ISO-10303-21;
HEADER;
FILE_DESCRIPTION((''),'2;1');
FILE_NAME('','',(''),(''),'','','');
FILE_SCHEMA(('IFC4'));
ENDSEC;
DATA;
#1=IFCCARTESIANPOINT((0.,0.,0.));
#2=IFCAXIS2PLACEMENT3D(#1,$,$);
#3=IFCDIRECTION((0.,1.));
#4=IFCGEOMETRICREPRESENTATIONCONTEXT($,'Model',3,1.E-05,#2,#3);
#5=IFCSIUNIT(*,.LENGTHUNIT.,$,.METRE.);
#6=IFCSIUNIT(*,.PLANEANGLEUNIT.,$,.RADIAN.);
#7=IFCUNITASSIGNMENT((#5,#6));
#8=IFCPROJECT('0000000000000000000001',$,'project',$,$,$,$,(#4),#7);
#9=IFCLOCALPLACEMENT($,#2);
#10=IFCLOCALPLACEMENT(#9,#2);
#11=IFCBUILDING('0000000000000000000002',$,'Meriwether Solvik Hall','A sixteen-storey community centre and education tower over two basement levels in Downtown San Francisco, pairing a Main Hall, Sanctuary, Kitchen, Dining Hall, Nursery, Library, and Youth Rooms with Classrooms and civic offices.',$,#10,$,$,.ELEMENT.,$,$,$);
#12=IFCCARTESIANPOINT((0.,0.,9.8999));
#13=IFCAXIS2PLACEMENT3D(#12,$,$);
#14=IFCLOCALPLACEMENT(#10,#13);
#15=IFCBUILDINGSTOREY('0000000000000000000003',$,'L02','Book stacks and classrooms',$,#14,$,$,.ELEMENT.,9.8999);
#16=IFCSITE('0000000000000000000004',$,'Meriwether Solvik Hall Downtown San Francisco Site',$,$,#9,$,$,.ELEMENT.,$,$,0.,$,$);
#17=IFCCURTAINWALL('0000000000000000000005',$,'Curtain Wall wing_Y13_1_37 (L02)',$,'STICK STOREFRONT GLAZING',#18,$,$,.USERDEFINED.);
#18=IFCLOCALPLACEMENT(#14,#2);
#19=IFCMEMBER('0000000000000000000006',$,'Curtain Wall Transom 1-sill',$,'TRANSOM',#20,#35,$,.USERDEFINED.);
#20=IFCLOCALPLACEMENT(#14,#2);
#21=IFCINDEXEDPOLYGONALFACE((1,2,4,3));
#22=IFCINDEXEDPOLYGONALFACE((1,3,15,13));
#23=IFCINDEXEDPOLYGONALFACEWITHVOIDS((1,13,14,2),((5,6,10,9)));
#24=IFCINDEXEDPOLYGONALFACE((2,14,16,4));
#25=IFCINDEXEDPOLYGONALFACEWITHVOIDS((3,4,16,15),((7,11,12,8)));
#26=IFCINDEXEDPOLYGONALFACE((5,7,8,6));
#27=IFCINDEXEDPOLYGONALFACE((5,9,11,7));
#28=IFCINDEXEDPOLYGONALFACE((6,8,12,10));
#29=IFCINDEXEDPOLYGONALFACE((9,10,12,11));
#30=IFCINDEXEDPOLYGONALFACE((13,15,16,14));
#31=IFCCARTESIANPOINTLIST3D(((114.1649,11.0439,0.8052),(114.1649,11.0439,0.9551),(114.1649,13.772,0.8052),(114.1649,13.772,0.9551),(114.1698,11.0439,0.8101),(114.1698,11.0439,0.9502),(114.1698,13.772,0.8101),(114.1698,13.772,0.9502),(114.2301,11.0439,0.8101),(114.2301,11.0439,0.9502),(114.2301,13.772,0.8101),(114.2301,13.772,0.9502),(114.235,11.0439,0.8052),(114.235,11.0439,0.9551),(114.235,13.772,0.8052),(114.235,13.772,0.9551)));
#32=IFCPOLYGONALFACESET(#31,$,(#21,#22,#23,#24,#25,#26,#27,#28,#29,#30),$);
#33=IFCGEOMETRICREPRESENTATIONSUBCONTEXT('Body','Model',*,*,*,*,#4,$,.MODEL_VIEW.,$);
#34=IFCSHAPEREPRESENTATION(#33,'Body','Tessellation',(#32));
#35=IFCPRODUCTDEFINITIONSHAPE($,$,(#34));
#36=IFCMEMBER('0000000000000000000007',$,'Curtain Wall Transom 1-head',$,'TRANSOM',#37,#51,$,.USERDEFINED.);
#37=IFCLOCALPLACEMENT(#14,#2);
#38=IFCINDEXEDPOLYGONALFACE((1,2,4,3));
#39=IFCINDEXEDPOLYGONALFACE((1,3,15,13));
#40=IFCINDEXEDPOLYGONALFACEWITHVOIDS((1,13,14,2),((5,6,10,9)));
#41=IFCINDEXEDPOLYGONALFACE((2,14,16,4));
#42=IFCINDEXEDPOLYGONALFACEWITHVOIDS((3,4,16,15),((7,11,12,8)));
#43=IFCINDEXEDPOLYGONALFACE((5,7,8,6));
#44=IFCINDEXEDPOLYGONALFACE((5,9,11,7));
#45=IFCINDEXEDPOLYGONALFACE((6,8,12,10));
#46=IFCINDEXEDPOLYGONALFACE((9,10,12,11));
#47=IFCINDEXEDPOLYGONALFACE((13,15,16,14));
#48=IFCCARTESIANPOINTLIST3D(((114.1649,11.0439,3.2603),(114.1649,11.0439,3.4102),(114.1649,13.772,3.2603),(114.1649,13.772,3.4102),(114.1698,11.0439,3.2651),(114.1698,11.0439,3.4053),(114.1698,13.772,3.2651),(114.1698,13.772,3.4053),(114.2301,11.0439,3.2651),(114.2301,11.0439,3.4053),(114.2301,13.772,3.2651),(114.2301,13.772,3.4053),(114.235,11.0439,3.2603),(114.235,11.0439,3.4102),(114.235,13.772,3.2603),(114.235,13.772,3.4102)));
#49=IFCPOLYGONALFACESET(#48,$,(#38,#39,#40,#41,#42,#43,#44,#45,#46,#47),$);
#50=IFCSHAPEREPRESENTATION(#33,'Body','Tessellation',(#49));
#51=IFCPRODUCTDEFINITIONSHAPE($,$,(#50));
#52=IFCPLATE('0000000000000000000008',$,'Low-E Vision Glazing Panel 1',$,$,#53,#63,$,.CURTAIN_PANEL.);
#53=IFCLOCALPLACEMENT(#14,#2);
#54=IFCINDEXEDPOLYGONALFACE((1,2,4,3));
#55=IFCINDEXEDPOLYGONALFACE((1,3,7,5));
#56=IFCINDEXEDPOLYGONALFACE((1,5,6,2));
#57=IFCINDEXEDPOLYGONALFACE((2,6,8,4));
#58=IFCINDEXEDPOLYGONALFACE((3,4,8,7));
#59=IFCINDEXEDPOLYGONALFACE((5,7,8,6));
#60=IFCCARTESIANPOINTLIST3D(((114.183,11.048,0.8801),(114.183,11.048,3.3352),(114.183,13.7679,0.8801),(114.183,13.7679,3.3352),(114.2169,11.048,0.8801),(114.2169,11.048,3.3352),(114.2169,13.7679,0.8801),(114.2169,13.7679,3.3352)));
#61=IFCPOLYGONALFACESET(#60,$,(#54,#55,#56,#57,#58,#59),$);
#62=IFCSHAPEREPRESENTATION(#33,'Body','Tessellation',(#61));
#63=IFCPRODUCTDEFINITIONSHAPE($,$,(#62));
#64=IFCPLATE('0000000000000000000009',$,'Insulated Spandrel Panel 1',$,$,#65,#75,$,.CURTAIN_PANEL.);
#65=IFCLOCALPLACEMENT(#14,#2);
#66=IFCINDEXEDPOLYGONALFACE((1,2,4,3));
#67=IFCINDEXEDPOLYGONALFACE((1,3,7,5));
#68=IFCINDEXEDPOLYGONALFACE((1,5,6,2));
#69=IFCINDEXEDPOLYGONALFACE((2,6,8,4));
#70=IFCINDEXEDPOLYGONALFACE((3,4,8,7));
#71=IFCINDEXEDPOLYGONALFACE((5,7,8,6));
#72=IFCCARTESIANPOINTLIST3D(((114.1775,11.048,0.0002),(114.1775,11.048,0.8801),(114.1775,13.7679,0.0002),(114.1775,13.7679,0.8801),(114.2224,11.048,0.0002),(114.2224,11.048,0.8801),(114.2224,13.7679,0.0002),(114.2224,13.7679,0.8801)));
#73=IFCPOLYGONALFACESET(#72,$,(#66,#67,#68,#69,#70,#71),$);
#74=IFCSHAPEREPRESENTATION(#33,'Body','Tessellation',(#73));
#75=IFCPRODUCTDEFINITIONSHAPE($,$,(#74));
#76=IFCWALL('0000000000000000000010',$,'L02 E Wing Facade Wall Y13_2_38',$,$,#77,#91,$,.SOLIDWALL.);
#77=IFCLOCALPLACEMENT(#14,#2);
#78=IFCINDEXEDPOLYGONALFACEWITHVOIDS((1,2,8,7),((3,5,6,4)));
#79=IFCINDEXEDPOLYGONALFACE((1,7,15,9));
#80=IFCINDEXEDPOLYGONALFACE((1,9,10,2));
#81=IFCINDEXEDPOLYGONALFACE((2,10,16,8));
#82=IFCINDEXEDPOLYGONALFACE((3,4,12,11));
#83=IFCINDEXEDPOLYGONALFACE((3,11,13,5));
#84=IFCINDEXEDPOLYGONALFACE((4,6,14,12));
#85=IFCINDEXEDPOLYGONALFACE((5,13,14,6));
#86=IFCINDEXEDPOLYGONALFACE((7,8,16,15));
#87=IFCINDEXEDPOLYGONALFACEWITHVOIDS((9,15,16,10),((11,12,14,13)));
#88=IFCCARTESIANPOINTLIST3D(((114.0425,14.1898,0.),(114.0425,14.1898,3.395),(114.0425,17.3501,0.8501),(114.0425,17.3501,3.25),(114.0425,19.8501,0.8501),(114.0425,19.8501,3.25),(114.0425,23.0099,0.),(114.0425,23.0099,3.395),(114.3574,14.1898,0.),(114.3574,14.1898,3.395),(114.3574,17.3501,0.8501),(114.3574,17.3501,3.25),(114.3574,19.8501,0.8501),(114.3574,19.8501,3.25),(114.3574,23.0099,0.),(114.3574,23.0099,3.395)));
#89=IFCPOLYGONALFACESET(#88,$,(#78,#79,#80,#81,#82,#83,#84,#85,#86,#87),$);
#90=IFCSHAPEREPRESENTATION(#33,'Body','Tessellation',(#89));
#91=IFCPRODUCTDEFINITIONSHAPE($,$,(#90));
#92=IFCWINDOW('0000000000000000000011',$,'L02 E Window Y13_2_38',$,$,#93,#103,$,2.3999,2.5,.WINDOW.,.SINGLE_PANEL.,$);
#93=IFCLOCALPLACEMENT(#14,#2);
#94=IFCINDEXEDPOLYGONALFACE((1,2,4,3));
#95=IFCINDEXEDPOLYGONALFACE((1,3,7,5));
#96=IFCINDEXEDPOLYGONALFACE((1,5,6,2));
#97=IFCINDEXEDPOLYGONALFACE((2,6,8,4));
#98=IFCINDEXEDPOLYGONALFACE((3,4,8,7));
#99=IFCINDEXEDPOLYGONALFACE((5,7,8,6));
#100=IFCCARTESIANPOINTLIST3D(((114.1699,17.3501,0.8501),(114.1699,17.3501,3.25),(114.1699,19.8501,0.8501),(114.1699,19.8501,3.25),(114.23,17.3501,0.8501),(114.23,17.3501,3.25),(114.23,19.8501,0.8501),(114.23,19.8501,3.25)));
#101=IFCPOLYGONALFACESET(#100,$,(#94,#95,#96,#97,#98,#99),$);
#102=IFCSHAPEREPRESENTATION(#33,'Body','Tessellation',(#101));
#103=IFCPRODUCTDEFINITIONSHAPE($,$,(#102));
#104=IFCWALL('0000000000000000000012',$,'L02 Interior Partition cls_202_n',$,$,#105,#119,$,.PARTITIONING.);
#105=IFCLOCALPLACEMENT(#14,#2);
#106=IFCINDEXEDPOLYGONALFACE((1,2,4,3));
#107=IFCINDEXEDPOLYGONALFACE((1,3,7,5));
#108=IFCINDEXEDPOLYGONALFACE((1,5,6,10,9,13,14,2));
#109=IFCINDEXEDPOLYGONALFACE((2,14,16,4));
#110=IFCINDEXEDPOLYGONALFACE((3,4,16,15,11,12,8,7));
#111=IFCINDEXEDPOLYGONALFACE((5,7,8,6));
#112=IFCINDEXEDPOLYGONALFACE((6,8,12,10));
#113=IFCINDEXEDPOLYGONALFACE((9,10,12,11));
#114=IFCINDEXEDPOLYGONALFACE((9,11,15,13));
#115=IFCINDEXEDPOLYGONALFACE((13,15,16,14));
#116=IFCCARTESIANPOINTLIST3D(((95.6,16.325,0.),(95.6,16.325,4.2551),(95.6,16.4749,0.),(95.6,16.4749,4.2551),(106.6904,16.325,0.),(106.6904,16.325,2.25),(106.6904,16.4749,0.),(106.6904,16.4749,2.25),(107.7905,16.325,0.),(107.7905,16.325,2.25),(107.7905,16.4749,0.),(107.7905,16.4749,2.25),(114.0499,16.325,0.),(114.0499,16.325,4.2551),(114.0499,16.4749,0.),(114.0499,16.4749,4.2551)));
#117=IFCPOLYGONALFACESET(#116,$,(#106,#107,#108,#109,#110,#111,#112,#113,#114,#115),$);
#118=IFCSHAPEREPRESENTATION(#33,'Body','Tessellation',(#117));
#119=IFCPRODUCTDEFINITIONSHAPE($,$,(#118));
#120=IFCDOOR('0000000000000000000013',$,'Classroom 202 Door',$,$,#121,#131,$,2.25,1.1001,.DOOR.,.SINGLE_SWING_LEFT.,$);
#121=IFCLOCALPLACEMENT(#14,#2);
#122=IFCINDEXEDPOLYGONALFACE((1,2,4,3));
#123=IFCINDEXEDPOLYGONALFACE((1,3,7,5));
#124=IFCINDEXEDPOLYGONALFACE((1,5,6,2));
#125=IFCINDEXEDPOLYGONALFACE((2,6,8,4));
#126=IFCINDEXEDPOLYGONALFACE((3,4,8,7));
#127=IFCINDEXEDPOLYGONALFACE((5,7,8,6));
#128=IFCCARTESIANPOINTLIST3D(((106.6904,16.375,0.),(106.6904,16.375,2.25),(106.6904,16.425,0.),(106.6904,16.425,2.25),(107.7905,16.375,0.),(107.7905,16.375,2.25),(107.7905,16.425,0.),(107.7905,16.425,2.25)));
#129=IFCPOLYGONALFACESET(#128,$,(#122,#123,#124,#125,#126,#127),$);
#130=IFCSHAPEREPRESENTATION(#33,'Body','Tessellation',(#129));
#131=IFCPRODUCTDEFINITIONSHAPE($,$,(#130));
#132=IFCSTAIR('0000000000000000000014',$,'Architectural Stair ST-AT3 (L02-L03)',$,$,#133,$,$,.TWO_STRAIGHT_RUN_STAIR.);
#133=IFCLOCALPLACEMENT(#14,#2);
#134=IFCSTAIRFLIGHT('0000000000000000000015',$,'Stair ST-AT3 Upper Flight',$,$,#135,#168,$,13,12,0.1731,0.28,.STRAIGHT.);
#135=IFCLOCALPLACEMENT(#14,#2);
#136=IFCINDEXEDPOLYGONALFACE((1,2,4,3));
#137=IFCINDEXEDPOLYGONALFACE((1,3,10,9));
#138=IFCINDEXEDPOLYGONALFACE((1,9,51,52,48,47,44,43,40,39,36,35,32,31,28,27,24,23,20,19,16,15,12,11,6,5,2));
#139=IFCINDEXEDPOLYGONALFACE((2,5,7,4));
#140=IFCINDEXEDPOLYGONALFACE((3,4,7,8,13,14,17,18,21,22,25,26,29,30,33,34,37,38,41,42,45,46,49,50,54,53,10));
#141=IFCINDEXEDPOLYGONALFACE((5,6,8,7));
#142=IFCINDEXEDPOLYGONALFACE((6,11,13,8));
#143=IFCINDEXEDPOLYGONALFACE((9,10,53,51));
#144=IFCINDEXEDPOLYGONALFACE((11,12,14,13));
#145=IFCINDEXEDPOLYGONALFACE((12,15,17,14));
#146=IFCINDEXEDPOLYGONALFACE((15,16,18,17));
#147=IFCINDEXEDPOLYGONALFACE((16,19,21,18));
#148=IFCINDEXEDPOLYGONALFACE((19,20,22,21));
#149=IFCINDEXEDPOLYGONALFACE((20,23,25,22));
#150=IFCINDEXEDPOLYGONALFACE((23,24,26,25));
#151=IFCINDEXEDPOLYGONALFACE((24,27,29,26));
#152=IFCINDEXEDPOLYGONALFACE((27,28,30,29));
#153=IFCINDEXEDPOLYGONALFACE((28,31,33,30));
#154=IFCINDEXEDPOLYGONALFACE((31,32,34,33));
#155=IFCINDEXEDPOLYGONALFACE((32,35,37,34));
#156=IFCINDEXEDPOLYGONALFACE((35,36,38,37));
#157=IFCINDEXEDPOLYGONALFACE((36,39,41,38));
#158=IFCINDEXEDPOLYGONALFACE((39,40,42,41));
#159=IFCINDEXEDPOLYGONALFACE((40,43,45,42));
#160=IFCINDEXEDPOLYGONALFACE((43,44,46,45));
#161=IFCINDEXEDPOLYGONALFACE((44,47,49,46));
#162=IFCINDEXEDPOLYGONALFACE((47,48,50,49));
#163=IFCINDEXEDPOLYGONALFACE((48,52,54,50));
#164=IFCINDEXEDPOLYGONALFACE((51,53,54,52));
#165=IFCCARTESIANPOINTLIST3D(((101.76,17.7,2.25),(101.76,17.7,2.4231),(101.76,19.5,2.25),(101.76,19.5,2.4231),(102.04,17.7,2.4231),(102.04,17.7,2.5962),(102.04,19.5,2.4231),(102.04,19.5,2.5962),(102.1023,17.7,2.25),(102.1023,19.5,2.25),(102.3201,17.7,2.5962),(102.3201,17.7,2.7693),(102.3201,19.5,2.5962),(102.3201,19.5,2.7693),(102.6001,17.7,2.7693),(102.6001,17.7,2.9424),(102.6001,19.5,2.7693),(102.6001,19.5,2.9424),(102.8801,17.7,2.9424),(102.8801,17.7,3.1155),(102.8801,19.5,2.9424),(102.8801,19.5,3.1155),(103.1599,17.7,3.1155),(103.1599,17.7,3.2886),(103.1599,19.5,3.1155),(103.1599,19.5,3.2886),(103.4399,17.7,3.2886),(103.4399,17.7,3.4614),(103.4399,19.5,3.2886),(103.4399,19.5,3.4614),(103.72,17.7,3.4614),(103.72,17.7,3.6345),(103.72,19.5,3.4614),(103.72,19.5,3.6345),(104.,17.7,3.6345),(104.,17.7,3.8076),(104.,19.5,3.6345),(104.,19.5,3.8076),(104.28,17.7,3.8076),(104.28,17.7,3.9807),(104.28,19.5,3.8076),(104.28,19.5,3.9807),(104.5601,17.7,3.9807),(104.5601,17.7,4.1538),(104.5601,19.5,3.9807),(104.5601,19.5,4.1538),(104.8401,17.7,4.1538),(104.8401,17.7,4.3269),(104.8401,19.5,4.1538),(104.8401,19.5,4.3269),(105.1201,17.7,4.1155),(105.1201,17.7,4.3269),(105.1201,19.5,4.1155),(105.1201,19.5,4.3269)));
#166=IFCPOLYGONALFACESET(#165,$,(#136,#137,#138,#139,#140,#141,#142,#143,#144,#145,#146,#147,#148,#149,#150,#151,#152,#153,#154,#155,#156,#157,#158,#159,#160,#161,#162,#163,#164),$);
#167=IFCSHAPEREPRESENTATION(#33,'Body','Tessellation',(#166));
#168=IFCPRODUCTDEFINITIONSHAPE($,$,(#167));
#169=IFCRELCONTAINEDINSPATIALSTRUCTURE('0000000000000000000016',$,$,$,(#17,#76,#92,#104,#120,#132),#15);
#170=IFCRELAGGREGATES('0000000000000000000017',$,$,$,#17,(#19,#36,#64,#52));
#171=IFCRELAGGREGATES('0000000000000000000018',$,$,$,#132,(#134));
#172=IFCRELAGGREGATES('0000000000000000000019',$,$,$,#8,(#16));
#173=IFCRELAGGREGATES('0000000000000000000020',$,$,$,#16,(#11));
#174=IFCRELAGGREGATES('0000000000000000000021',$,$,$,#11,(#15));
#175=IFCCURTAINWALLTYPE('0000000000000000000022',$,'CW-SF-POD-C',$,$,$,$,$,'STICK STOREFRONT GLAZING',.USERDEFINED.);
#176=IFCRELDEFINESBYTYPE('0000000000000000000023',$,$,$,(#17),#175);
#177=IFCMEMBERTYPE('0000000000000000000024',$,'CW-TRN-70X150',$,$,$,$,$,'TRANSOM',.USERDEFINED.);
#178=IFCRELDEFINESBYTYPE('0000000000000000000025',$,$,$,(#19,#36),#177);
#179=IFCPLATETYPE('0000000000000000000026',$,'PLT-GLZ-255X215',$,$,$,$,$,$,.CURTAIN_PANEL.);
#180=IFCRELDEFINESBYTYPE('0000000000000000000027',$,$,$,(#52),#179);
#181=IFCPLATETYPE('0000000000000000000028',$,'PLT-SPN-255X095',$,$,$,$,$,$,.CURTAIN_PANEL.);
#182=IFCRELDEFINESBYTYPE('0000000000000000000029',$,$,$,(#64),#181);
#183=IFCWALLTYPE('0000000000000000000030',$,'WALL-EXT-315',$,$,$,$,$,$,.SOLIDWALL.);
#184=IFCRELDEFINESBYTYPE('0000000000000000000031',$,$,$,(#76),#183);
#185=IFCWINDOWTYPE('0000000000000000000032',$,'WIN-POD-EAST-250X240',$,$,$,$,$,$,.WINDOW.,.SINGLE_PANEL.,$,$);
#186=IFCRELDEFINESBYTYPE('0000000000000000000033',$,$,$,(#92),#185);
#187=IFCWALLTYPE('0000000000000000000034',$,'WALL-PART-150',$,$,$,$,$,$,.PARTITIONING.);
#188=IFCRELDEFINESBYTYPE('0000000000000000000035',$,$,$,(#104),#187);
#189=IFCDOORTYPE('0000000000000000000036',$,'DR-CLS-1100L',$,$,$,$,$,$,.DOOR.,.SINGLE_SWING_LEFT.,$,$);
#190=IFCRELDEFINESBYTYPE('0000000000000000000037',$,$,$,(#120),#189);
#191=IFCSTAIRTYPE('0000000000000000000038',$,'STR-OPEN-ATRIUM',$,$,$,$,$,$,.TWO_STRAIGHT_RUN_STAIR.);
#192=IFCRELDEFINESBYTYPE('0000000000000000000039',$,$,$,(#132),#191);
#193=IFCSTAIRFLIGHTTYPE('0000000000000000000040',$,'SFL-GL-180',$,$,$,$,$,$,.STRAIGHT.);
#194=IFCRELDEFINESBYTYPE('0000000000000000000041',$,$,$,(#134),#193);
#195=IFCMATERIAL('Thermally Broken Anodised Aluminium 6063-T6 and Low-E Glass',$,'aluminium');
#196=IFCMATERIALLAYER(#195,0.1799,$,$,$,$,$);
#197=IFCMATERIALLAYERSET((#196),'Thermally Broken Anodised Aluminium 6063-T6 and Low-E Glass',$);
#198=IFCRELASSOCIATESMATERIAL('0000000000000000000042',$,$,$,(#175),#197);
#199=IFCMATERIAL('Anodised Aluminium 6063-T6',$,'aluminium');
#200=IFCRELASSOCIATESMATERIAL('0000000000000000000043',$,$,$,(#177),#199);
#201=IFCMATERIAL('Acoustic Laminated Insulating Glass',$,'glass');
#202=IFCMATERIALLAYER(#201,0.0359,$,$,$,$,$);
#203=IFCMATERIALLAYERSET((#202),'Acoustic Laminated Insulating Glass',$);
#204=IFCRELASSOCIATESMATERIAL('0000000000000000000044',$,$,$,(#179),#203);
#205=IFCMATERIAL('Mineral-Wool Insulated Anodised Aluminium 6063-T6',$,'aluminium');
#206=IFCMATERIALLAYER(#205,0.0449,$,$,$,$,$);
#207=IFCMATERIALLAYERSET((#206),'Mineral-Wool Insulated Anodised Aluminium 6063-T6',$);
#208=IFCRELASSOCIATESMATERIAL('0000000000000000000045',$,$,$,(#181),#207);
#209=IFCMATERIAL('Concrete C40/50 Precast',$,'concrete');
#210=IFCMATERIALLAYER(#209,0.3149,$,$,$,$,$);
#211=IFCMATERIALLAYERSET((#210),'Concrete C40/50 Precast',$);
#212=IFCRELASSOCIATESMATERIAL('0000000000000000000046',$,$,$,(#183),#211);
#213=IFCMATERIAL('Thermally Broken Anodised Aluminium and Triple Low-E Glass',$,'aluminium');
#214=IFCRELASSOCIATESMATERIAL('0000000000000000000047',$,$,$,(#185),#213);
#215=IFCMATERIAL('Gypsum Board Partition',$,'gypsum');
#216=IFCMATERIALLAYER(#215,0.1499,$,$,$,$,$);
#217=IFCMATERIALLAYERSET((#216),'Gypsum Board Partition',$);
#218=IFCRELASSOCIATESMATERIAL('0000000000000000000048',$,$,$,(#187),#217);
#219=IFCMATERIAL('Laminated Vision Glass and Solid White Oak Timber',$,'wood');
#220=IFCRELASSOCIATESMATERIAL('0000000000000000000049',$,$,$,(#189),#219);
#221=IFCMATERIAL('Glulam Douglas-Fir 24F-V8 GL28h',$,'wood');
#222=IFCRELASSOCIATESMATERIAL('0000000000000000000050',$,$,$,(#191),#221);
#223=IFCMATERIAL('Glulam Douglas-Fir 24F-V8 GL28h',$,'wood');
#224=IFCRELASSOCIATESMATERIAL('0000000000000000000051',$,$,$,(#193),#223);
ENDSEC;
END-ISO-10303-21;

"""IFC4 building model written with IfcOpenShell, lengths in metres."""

from ifc_helpers import new_model, si_unit, direction, frame, frame_2d, origin, origin_2d, place, context, subcontext, project, spatial, polyline, rectangle, hollow_rectangle, outline, extrude, material, layer, layer_set, material_profile, profile_set, type_object, element, fill, aggregate, save


model = new_model("IFC4")

# Units and contexts
model_context = context("Model", 3, precision=1e-05, world=origin(), true_north=direction((0.0, 1.0)))
body_context = subcontext(model_context, "Body", "Model", "MODEL_VIEW")
ifc_project = project(units=[si_unit("LENGTHUNIT", "METRE"), si_unit("PLANEANGLEUNIT", "RADIAN")], contexts=[model_context])

# Site, building, storey
site_placement = place(None, origin())
site = spatial("IfcSite", under=ifc_project, at=site_placement, Name="Meriwether Solvik Hall Downtown San Francisco Site", CompositionType="ELEMENT", RefElevation=0.0)
building_placement = place(site_placement, origin())
building = spatial("IfcBuilding", under=site, at=building_placement, Name="Meriwether Solvik Hall", Description="A sixteen-storey community centre and education tower over two basement levels in Downtown San Francisco, pairing a Main Hall, Sanctuary, Kitchen, Dining Hall, Nursery, Library, and Youth Rooms with Classrooms and civic offices.", CompositionType="ELEMENT")
storey_placement = place(building_placement, frame((0.0, 0.0, 9.8999)))
storey = spatial("IfcBuildingStorey", under=building, at=storey_placement, Name="L02", Description="Book stacks and classrooms", CompositionType="ELEMENT", Elevation=9.8999)

# Curtain wall, members, plates
ifc_material_1 = material(Name="Thermally Broken Anodised Aluminium 6063-T6 and Low-E Glass", Category="aluminium")
ifc_layer_1 = layer(ifc_material_1, 0.1799)
ifc_layer_set_1 = layer_set([ifc_layer_1], Name="Thermally Broken Anodised Aluminium 6063-T6 and Low-E Glass")
curtain_wall_type = type_object("IfcCurtainWallType", Name="CW-SF-POD-C", ElementType="STICK STOREFRONT GLAZING", PredefinedType="USERDEFINED", material=ifc_layer_set_1)
curtain_wall_placement = place(storey_placement, origin())
curtain_wall = element("IfcCurtainWall", 1, at=curtain_wall_placement, inside=storey, type_object=curtain_wall_type, Name="Curtain Wall wing_Y13_1_37 (L02)", ObjectType="STICK STOREFRONT GLAZING", PredefinedType="USERDEFINED")
ifc_material_2 = material(Name="Anodised Aluminium 6063-T6", Category="aluminium")
ifc_material_profile_1 = material_profile(ifc_material_2, hollow_rectangle(XDim=0.0701, YDim=0.1499, WallThickness=0.0049, at=origin_2d()), Name="CWT-70X150")
ifc_profile_set_1 = profile_set([ifc_material_profile_1], Name="Anodised Aluminium 6063-T6")
member_type_1 = type_object("IfcMemberType", Name="CW-TRN-70X150", ElementType="TRANSOM", PredefinedType="USERDEFINED", material=ifc_profile_set_1)
member_1_placement = place(storey_placement, frame((114.2, 13.772, 0.8801), z_axis=(0.0, -1.0, 0.0), x_axis=(1.0, 0.0, 0.0)))
member_1 = element("IfcMember", 2, at=member_1_placement, type_object=member_type_1, Name="Curtain Wall Transom 1-sill", ObjectType="TRANSOM", PredefinedType="USERDEFINED", context=body_context, shape_type="SweptSolid", body=[
    extrude(hollow_rectangle(XDim=0.0701, YDim=0.1499, WallThickness=0.0049, at=origin_2d()), origin(), (0.0, 0.0, 1.0), 2.728),
])
member_2_placement = place(storey_placement, frame((114.2, 13.772, 3.3352), z_axis=(0.0, -1.0, 0.0), x_axis=(1.0, 0.0, 0.0)))
member_2 = element("IfcMember", 3, at=member_2_placement, type_object=member_type_1, Name="Curtain Wall Transom 1-head", ObjectType="TRANSOM", PredefinedType="USERDEFINED", context=body_context, shape_type="SweptSolid", body=[
    extrude(hollow_rectangle(XDim=0.0701, YDim=0.1499, WallThickness=0.0049, at=origin_2d()), origin(), (0.0, 0.0, 1.0), 2.728),
])
ifc_material_3 = material(Name="Acoustic Laminated Insulating Glass", Category="glass")
ifc_layer_2 = layer(ifc_material_3, 0.0359)
ifc_layer_set_2 = layer_set([ifc_layer_2], Name="Acoustic Laminated Insulating Glass")
plate_type_1 = type_object("IfcPlateType", Name="PLT-GLZ-255X215", PredefinedType="CURTAIN_PANEL", material=ifc_layer_set_2)
plate_1_placement = place(storey_placement, frame((114.2, 12.408, 0.8801), z_axis=(0.0, 0.0, 1.0), x_axis=(0.0, -1.0, 0.0)))
plate_1 = element("IfcPlate", 4, at=plate_1_placement, type_object=plate_type_1, Name="Low-E Vision Glazing Panel 1", PredefinedType="CURTAIN_PANEL", context=body_context, shape_type="SweptSolid", body=[
    extrude(rectangle(XDim=2.72, YDim=0.0339, at=origin_2d()), origin(), (0.0, 0.0, 1.0), 2.4551),
])
ifc_material_4 = material(Name="Mineral-Wool Insulated Anodised Aluminium 6063-T6", Category="aluminium")
ifc_layer_3 = layer(ifc_material_4, 0.0449)
ifc_layer_set_3 = layer_set([ifc_layer_3], Name="Mineral-Wool Insulated Anodised Aluminium 6063-T6")
plate_type_2 = type_object("IfcPlateType", Name="PLT-SPN-255X095", PredefinedType="CURTAIN_PANEL", material=ifc_layer_set_3)
plate_2_placement = place(storey_placement, frame((114.2, 12.408, 0.0002), z_axis=(0.0, 0.0, 1.0), x_axis=(0.0, -1.0, 0.0)))
plate_2 = element("IfcPlate", 5, at=plate_2_placement, type_object=plate_type_2, Name="Insulated Spandrel Panel 1", PredefinedType="CURTAIN_PANEL", context=body_context, shape_type="SweptSolid", body=[
    extrude(rectangle(XDim=2.72, YDim=0.0449, at=origin_2d()), origin(), (0.0, 0.0, 1.0), 0.8799),
])
aggregate(curtain_wall, [member_1, member_2, plate_2, plate_1])

# Wall, opening, window
ifc_material_5 = material(Name="Concrete C40/50 Precast", Category="concrete")
ifc_layer_4 = layer(ifc_material_5, 0.3149)
ifc_layer_set_4 = layer_set([ifc_layer_4], Name="Concrete C40/50 Precast")
wall_type_1 = type_object("IfcWallType", Name="WALL-EXT-315", PredefinedType="SOLIDWALL", material=ifc_layer_set_4)
wall_1_placement = place(storey_placement, frame((114.2, 23.01, 0.0), z_axis=(0.0, 0.0, 1.0), x_axis=(0.0, -1.0, 0.0)))
wall_1 = element("IfcWall", 6, at=wall_1_placement, inside=storey, type_object=wall_type_1, Name="L02 E Wing Facade Wall Y13_2_38", PredefinedType="SOLIDWALL", context=body_context, shape_type="SweptSolid", body=[
    extrude(rectangle(XDim=8.8201, YDim=0.3149, at=frame_2d((4.4102, 0.0))), origin(), (0.0, 0.0, 1.0), 3.395),
])
opening_1_placement = place(wall_1_placement, frame((3.1599, 0.0, 0.8501)))
opening_1 = element("IfcOpeningElement", 7, at=opening_1_placement, cuts=wall_1, PredefinedType="OPENING", context=body_context, shape_type="SweptSolid", body=[
    extrude(rectangle(XDim=2.5, YDim=2.3999, at=frame_2d((1.25, 1.2))), frame((0.0, 0.1694, 0.0), z_axis=(0.0, -1.0, 0.0), x_axis=(1.0, 0.0, 0.0)), (0.0, 0.0, 1.0), 0.3389),
])
ifc_material_6 = material(Name="Thermally Broken Anodised Aluminium and Triple Low-E Glass", Category="aluminium")
window_type = type_object("IfcWindowType", Name="WIN-POD-EAST-250X240", PartitioningType="SINGLE_PANEL", PredefinedType="WINDOW", material=ifc_material_6)
window_placement = place(opening_1_placement, origin())
window = element("IfcWindow", 8, at=window_placement, inside=storey, type_object=window_type, Name="L02 E Window Y13_2_38", OverallHeight=2.3999, OverallWidth=2.5, PartitioningType="SINGLE_PANEL", PredefinedType="WINDOW", context=body_context, shape_type="SweptSolid", body=[
    extrude(rectangle(XDim=2.5, YDim=2.3999, at=frame_2d((1.25, 1.2))), frame((0.0, 0.03, 0.0), z_axis=(0.0, -1.0, 0.0), x_axis=(1.0, 0.0, 0.0)), (0.0, 0.0, 1.0), 0.0601),
])
fill(opening_1, window)

# Wall, opening, door
ifc_material_7 = material(Name="Gypsum Board Partition", Category="gypsum")
ifc_layer_5 = layer(ifc_material_7, 0.1499)
ifc_layer_set_5 = layer_set([ifc_layer_5], Name="Gypsum Board Partition")
wall_type_2 = type_object("IfcWallType", Name="WALL-PART-150", PredefinedType="PARTITIONING", material=ifc_layer_set_5)
wall_2_placement = place(storey_placement, frame((114.05, 16.3999, 0.0), z_axis=(0.0, 0.0, 1.0), x_axis=(-1.0, 0.0, 0.0)))
wall_2 = element("IfcWall", 9, at=wall_2_placement, inside=storey, type_object=wall_type_2, Name="L02 Interior Partition cls_202_n", PredefinedType="PARTITIONING", context=body_context, shape_type="SweptSolid", body=[
    extrude(rectangle(XDim=18.45, YDim=0.1499, at=frame_2d((9.2251, 0.0))), origin(), (0.0, 0.0, 1.0), 4.2551),
])
opening_2_placement = place(wall_2_placement, frame((6.2595, 0.0, 0.0)))
opening_2 = element("IfcOpeningElement", 10, at=opening_2_placement, cuts=wall_2, PredefinedType="OPENING", context=body_context, shape_type="SweptSolid", body=[
    extrude(rectangle(XDim=1.1001, YDim=2.25, at=frame_2d((0.55, 1.125))), frame((0.0, 0.0869, 0.0), z_axis=(0.0, -1.0, 0.0), x_axis=(1.0, 0.0, 0.0)), (0.0, 0.0, 1.0), 0.1738),
])
ifc_material_8 = material(Name="Laminated Vision Glass and Solid White Oak Timber", Category="wood")
door_type = type_object("IfcDoorType", Name="DR-CLS-1100L", OperationType="SINGLE_SWING_LEFT", PredefinedType="DOOR", material=ifc_material_8)
door_placement = place(opening_2_placement, origin())
door = element("IfcDoor", 11, at=door_placement, inside=storey, type_object=door_type, Name="Classroom 202 Door", OperationType="SINGLE_SWING_LEFT", OverallHeight=2.25, OverallWidth=1.1001, PredefinedType="DOOR", context=body_context, shape_type="SweptSolid", body=[
    extrude(rectangle(XDim=1.1001, YDim=2.25, at=frame_2d((0.55, 1.125))), frame((0.0, 0.0249, 0.0), z_axis=(0.0, -1.0, 0.0), x_axis=(1.0, 0.0, 0.0)), (0.0, 0.0, 1.0), 0.05),
])
fill(opening_2, door)

# Stair, stair flight
ifc_material_9 = material(Name="Glulam Douglas-Fir 24F-V8 GL28h", Category="wood")
stair_type = type_object("IfcStairType", Name="STR-OPEN-ATRIUM", PredefinedType="TWO_STRAIGHT_RUN_STAIR", material=ifc_material_9)
stair_placement = place(storey_placement, origin())
stair = element("IfcStair", 12, at=stair_placement, inside=storey, type_object=stair_type, Name="Architectural Stair ST-AT3 (L02-L03)", PredefinedType="TWO_STRAIGHT_RUN_STAIR")
ifc_material_10 = material(Name="Glulam Douglas-Fir 24F-V8 GL28h", Category="wood")
stair_flight_type = type_object("IfcStairFlightType", Name="SFL-GL-180", PredefinedType="STRAIGHT", material=ifc_material_10)
stair_flight_placement = place(storey_placement, frame((101.76, 18.6001, 2.25), z_axis=(0.0, 0.0, 1.0), x_axis=(1.0, 0.0, 0.0)))
stair_flight = element("IfcStairFlight", 13, at=stair_flight_placement, type_object=stair_flight_type, Name="Stair ST-AT3 Upper Flight", NumberOfRisers=13, NumberOfTreads=12, PredefinedType="STRAIGHT", RiserHeight=0.1731, TreadLength=0.28, context=body_context, shape_type="SweptSolid", body=[
    extrude(outline(polyline([(0.0, 0.0), (0.0, 0.1731), (0.28, 0.1731), (0.28, 0.3462), (0.5601, 0.3462), (0.5601, 0.5193), (0.8401, 0.5193), (0.8401, 0.6924), (1.1201, 0.6924), (1.1201, 0.8655), (1.3999, 0.8655), (1.3999, 1.0386), (1.6799, 1.0386), (1.6799, 1.2114), (1.96, 1.2114), (1.96, 1.3845), (2.24, 1.3845), (2.24, 1.5576), (2.52, 1.5576), (2.52, 1.7307), (2.8, 1.7307), (2.8, 1.9038), (3.0801, 1.9038), (3.0801, 2.0769), (3.3601, 2.0769), (3.3601, 2.25), (3.3601, 1.8655), (0.3423, 0.0), (0.0, 0.0)])), frame((0.0, 0.8999, 0.0), z_axis=(0.0, -1.0, 0.0), x_axis=(1.0, 0.0, 0.0)), (0.0, 0.0, 1.0), 1.8),
])
aggregate(stair, [stair_flight])

save(model, "model.ifc")
